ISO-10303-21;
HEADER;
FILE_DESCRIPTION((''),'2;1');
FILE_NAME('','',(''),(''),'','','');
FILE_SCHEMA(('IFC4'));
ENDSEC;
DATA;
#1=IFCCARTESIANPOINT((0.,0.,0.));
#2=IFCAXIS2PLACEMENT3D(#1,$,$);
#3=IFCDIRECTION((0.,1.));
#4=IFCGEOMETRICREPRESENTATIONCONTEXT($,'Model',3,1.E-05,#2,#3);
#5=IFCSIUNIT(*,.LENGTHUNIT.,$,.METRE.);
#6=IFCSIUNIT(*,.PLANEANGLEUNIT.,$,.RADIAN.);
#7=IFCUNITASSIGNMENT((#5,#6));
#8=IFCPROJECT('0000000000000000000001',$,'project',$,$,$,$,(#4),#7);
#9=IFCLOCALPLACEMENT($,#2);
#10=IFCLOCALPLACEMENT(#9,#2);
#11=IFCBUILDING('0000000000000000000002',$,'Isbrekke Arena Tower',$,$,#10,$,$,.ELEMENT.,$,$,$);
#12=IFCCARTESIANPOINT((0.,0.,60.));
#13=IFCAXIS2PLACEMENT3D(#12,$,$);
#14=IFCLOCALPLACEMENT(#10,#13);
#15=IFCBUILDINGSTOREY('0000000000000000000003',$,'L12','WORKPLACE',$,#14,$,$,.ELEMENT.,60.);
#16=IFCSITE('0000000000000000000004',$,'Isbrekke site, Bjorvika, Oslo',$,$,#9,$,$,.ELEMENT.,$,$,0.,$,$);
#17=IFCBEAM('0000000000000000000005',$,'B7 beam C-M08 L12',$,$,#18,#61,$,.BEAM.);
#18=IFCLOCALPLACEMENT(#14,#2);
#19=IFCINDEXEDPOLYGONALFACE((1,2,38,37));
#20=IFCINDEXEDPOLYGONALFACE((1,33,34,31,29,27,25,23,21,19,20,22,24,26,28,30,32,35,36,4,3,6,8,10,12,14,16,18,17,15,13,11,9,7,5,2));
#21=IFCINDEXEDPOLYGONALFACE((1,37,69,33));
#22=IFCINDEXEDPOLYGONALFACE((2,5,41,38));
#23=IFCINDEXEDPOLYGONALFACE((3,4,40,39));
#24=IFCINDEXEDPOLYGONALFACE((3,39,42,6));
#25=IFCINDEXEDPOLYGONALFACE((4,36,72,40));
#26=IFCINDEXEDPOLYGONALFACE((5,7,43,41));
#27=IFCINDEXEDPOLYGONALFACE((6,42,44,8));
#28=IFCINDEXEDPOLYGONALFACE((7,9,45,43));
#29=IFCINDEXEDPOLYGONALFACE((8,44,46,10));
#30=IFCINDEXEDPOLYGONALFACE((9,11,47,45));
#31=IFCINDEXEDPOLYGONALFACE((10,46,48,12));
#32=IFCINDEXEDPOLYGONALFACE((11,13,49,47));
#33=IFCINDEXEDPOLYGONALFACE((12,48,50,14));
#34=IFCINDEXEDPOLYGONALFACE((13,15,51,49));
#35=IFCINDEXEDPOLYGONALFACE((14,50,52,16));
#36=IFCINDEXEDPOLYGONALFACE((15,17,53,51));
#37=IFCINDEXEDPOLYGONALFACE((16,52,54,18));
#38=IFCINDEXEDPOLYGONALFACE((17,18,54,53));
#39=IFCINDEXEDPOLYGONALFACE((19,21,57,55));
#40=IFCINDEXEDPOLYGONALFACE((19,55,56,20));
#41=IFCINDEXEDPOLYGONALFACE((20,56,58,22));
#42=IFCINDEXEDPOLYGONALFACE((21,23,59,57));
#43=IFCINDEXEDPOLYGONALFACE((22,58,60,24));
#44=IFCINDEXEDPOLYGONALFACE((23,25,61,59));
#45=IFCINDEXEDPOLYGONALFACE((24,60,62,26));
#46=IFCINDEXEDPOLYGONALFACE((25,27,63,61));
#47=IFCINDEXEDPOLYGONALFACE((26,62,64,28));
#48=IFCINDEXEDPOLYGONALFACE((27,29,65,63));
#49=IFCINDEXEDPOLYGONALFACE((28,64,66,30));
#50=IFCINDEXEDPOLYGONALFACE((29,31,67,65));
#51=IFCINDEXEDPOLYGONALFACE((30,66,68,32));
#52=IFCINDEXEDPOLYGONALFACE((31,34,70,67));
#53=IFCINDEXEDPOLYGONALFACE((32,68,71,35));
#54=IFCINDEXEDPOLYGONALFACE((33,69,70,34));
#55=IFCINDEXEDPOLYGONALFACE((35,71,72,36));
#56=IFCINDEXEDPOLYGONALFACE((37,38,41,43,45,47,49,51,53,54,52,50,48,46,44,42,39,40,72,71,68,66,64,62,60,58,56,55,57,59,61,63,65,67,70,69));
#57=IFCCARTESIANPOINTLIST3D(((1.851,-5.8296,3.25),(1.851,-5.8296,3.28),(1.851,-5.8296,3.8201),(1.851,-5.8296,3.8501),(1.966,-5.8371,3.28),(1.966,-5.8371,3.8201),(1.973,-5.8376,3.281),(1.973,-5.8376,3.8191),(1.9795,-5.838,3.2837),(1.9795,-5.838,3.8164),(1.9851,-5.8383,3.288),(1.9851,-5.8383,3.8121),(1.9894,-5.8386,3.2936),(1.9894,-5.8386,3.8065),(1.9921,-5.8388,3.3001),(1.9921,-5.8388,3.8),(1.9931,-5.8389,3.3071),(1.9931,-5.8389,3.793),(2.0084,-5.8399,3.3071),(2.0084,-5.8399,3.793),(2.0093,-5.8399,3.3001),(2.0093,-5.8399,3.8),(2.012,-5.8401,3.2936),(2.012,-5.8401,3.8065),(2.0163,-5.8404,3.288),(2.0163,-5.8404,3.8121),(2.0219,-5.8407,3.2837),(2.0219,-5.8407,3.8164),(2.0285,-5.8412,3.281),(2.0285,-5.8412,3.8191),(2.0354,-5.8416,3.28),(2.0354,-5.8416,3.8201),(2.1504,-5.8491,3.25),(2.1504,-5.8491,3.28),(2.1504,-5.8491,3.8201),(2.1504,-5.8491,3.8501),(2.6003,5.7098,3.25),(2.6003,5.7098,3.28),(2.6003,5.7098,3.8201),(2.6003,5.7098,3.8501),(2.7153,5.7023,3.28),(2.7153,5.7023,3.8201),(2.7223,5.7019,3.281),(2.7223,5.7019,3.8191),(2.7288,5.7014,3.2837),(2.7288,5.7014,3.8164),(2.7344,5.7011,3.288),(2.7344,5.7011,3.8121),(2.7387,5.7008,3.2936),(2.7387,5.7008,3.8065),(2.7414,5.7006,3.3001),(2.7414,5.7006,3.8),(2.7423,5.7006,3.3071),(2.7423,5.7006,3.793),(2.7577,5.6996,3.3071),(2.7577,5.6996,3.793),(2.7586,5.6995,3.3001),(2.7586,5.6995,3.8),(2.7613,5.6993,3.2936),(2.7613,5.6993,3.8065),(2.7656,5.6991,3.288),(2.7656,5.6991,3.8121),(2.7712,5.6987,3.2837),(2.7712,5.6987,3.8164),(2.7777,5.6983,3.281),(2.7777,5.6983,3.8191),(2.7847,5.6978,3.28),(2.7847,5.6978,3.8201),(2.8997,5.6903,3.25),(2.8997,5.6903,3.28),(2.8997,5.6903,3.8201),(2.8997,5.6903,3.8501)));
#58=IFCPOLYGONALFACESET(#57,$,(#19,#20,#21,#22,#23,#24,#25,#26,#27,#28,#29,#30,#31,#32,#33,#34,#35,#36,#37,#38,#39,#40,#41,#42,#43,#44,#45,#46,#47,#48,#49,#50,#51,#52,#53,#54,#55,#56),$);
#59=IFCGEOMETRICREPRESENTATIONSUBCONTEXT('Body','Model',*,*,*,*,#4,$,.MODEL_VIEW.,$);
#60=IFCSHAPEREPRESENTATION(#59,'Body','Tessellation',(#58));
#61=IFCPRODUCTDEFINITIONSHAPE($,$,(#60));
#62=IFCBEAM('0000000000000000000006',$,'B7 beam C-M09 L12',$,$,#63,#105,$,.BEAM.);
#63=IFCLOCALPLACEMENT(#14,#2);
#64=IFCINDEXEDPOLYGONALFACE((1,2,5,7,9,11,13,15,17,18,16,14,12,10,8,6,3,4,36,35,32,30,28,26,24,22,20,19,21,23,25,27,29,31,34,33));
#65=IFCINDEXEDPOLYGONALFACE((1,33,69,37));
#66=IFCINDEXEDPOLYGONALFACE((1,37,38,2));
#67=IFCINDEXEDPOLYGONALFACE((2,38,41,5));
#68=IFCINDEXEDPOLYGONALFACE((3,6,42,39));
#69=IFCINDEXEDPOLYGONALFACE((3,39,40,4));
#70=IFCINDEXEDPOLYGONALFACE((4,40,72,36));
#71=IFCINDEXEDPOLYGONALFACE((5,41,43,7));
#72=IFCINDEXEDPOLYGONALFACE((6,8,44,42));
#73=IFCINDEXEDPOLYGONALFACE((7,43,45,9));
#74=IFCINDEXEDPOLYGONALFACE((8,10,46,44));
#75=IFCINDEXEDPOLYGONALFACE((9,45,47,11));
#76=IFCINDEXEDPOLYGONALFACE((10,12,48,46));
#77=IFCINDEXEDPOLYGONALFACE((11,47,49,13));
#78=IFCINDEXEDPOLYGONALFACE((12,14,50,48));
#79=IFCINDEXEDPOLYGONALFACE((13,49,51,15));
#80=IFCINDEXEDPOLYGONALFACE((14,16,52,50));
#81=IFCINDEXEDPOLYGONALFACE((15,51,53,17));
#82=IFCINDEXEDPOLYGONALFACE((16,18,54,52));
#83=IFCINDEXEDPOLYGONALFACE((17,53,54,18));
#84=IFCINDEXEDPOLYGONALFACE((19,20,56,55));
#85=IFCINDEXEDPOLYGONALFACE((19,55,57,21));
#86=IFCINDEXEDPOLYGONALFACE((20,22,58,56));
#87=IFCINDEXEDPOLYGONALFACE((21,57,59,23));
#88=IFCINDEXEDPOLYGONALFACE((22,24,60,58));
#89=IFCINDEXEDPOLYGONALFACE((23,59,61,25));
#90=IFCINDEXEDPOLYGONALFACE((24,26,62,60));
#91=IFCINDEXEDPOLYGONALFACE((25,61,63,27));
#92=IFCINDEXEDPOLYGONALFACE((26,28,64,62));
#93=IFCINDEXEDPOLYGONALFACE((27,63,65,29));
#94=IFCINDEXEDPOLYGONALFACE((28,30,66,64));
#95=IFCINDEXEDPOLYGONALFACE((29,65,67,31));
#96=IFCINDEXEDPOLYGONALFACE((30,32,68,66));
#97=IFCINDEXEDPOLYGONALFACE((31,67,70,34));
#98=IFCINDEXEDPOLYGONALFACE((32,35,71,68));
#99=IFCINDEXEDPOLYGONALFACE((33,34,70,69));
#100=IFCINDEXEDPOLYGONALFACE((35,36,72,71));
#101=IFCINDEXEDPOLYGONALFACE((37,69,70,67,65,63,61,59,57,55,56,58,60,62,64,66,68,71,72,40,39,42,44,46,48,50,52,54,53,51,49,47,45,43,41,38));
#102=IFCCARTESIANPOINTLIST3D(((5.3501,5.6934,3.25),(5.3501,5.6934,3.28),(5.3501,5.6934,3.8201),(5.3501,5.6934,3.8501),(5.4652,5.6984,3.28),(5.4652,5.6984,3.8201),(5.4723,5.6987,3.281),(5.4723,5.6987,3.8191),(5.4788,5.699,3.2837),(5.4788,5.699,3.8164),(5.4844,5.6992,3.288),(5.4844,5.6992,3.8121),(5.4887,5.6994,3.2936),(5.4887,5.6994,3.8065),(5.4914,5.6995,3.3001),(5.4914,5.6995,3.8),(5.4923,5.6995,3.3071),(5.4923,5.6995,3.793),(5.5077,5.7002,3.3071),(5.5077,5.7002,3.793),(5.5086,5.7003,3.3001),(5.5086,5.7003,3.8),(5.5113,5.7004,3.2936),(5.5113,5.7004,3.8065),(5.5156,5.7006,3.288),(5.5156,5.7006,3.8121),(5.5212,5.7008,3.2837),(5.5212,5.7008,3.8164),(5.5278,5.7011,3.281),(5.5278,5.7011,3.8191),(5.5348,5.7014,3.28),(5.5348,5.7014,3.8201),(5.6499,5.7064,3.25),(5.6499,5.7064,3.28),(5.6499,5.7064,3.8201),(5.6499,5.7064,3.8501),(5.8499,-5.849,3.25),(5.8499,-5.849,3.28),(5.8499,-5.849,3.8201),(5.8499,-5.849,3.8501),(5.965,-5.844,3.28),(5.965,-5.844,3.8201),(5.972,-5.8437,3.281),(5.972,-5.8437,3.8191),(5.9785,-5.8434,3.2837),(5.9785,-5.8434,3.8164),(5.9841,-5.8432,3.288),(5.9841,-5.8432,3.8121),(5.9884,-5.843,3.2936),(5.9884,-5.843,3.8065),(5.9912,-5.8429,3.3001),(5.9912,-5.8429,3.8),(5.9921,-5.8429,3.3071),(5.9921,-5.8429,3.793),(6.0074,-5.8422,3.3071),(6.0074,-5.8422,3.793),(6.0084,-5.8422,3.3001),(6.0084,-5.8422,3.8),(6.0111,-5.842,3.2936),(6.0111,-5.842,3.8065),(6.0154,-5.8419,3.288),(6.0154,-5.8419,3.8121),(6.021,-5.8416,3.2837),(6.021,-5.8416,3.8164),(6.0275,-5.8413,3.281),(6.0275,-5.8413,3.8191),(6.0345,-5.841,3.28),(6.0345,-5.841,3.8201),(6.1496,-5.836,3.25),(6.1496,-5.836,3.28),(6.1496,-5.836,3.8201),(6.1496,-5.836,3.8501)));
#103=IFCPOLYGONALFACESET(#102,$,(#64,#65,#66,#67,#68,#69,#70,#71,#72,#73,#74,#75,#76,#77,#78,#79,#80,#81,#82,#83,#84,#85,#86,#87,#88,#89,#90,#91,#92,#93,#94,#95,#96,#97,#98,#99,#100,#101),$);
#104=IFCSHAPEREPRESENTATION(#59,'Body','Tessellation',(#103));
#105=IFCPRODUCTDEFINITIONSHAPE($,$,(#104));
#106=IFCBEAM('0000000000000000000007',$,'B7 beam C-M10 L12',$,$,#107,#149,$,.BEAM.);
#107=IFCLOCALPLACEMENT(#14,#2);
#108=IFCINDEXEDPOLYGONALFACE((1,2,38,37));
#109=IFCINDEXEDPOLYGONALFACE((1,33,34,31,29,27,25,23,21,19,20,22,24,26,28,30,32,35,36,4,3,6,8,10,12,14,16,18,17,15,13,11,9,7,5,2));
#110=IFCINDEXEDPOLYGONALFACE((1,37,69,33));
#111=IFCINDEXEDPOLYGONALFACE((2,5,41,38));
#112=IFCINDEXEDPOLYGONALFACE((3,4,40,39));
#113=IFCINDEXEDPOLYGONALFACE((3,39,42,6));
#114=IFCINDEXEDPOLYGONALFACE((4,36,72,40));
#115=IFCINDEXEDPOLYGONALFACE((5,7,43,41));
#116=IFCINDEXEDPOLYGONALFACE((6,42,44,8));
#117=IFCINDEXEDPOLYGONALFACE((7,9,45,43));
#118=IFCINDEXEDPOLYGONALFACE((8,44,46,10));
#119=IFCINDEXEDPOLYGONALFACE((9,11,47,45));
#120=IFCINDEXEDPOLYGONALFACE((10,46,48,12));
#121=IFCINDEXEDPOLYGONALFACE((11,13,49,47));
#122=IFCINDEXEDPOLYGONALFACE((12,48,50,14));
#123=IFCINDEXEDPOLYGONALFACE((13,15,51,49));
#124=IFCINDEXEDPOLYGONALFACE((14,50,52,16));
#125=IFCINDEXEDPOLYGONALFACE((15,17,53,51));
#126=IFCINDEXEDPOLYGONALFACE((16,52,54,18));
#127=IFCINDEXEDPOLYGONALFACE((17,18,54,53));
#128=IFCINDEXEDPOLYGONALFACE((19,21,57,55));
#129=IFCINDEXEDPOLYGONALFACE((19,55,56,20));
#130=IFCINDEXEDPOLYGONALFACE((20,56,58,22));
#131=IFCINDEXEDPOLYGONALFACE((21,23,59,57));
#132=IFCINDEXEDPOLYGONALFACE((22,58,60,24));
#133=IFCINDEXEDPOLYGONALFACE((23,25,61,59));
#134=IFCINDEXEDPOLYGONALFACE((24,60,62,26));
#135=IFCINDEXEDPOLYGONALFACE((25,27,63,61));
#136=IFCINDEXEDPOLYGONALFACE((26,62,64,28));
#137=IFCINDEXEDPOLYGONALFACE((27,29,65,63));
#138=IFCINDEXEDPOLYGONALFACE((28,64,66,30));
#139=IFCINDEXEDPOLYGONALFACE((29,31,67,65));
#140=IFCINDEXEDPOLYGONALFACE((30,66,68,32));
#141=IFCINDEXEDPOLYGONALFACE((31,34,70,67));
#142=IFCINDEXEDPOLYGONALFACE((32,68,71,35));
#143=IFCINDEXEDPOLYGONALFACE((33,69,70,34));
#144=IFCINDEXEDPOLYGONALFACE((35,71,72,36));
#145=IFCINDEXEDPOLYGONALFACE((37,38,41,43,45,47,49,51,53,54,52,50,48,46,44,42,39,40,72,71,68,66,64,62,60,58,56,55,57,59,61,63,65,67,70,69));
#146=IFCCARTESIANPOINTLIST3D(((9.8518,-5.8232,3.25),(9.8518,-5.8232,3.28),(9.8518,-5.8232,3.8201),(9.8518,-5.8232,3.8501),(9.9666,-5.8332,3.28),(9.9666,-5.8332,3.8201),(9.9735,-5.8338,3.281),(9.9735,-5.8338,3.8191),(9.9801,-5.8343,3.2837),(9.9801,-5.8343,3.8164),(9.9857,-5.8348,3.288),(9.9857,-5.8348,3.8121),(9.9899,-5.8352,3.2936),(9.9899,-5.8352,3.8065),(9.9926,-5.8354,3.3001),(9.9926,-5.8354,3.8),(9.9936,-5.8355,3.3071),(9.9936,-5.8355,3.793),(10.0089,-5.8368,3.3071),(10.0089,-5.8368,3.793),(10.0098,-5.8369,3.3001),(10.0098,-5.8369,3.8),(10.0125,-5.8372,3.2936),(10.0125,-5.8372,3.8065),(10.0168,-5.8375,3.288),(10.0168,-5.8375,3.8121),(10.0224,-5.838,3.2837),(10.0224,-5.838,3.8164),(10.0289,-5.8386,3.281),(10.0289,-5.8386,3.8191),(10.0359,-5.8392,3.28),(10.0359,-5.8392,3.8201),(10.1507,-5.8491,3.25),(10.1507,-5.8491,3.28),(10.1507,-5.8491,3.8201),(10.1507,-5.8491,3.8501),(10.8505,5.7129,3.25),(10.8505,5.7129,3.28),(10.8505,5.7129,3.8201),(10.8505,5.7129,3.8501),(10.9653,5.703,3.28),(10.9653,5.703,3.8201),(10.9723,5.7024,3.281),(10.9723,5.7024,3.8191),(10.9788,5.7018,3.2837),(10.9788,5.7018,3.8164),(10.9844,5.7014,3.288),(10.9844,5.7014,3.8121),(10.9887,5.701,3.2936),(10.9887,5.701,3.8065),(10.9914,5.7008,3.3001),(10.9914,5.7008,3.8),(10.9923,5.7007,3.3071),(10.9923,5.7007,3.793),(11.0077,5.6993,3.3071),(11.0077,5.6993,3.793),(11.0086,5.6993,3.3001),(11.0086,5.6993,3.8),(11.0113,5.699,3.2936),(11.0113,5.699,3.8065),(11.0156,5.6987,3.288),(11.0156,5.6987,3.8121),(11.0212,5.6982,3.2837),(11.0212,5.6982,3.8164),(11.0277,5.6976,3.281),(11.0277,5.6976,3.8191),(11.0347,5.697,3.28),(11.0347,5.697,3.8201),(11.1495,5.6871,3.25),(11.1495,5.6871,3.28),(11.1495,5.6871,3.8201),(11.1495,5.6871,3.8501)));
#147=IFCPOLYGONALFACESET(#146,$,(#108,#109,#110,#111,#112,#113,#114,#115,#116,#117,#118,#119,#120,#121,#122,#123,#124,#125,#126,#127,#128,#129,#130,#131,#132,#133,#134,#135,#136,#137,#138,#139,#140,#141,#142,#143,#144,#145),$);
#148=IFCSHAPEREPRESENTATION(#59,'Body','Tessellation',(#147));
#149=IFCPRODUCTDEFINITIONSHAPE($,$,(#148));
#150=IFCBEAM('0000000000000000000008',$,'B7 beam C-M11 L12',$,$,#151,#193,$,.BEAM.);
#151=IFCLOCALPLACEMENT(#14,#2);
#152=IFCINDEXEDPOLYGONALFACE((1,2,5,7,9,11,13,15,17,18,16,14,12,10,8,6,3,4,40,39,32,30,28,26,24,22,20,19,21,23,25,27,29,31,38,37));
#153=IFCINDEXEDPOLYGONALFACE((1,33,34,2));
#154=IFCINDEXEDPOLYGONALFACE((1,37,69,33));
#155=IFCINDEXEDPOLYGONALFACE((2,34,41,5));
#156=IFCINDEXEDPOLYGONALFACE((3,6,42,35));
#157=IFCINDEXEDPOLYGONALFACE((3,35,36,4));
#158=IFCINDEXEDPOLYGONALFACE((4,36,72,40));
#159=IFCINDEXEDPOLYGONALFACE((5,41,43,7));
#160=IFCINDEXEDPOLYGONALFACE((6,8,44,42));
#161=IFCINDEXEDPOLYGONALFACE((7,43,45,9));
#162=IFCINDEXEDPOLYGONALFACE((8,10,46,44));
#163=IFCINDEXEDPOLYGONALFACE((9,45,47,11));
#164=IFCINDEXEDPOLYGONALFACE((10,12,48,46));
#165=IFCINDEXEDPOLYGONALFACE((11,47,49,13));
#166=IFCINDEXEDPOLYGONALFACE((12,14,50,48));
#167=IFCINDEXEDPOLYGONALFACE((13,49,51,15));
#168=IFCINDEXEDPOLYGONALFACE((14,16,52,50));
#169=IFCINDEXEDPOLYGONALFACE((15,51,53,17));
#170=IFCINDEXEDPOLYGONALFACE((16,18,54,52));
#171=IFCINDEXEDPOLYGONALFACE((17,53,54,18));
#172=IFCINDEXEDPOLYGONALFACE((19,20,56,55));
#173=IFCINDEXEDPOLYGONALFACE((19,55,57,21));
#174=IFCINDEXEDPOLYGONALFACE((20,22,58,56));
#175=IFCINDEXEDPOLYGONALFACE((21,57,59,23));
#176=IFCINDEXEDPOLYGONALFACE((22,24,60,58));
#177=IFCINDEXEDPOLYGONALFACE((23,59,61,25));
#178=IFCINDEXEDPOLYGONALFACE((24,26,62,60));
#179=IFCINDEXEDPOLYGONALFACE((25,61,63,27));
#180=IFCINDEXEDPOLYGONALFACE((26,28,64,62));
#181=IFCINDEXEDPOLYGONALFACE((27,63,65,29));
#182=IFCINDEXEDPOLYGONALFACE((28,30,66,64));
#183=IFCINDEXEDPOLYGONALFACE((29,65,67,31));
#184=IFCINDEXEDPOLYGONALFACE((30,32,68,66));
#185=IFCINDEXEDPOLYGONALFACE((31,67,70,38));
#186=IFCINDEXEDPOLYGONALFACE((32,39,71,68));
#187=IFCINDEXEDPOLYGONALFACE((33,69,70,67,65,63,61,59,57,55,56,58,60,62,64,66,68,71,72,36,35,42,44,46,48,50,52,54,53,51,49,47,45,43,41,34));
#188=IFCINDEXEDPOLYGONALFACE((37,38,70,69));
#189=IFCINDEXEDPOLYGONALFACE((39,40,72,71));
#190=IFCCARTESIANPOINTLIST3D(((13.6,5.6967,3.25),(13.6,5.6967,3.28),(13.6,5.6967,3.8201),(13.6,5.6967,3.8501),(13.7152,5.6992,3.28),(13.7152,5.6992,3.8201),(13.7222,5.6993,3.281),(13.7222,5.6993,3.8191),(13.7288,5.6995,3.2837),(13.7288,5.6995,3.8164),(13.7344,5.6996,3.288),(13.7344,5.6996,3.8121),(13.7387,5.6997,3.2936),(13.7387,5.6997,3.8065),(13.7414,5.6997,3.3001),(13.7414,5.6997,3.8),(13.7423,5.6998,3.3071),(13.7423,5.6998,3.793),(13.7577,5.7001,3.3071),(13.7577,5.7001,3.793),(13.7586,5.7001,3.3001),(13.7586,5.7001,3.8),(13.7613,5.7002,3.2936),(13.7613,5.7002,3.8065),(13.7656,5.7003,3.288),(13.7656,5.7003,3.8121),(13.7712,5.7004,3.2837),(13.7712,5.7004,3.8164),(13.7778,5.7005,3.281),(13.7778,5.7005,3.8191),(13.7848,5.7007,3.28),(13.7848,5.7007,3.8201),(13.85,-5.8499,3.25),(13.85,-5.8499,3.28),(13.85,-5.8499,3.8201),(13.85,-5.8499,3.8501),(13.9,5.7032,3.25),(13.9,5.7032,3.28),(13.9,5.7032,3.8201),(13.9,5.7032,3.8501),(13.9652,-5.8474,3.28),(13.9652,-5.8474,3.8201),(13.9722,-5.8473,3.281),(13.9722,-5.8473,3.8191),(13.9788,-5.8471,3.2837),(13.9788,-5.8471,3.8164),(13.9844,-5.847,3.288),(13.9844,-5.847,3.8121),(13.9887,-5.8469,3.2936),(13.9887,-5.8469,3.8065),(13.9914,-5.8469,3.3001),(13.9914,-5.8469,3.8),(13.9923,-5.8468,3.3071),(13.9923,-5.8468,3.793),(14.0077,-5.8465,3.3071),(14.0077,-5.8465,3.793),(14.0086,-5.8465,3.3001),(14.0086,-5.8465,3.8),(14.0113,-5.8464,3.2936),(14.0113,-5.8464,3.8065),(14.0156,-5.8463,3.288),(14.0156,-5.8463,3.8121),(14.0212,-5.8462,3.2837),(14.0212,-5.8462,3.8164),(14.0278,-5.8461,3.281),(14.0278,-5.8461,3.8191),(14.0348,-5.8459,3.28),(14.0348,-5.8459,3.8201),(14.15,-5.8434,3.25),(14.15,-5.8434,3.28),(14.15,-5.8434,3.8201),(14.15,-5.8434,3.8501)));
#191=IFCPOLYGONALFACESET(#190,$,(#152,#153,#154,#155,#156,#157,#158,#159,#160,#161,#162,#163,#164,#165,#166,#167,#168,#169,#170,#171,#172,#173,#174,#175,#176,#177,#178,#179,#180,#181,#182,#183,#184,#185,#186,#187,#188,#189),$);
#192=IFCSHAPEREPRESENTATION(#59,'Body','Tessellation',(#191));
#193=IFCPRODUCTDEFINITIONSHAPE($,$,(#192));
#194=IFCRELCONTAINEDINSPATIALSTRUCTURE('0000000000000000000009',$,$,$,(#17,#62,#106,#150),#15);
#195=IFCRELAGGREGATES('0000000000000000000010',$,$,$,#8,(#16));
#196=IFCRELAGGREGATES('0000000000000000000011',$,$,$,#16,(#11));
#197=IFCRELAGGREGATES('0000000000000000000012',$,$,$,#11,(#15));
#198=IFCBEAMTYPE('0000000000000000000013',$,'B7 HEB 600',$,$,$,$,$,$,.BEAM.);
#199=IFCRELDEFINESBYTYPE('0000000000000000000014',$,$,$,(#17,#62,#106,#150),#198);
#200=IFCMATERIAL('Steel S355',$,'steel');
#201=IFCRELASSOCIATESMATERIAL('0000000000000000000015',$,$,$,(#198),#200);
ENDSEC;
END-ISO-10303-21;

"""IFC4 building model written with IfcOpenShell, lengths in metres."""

from ifc_helpers import new_model, si_unit, direction, frame, origin, origin_2d, place, context, subcontext, project, spatial, i_section, extrude, material, material_profile, profile_set, type_object, element, save


model = new_model("IFC4")

# Units and contexts
model_context = context("Model", 3, precision=1e-05, world=origin(), true_north=direction((0.0, 1.0)))
body_context = subcontext(model_context, "Body", "Model", "MODEL_VIEW")
ifc_project = project(units=[si_unit("LENGTHUNIT", "METRE"), si_unit("PLANEANGLEUNIT", "RADIAN")], contexts=[model_context])

# Site, building, storey
site_placement = place(None, origin())
site = spatial("IfcSite", under=ifc_project, at=site_placement, Name="Isbrekke site, Bjorvika, Oslo", CompositionType="ELEMENT", RefElevation=0.0)
building_placement = place(site_placement, origin())
building = spatial("IfcBuilding", under=site, at=building_placement, Name="Isbrekke Arena Tower", CompositionType="ELEMENT")
storey_placement = place(building_placement, frame((0.0, 0.0, 60.0)))
storey = spatial("IfcBuildingStorey", under=building, at=storey_placement, Name="L12", Description="WORKPLACE", CompositionType="ELEMENT", Elevation=60.0)

# Beams
ifc_material_1 = material(Name="Steel S355", Category="steel")
ifc_material_profile_1 = material_profile(ifc_material_1, i_section(OverallWidth=0.3, OverallDepth=0.6001, WebThickness=0.0154, FlangeThickness=0.03, FilletRadius=0.0271, at=origin_2d()), Name="HEB 600")
ifc_profile_set_1 = profile_set([ifc_material_profile_1], Name="Steel S355")
beam_type_1 = type_object("IfcBeamType", Name="B7 HEB 600", PredefinedType="BEAM", material=ifc_profile_set_1)
beam_1_placement = place(storey_placement, frame((2.0007, -5.8394, 3.55), z_axis=(0.064795, 0.997899, 0.0), x_axis=(-0.997899, 0.064795, 0.0)))
element("IfcBeam", 1, at=beam_1_placement, inside=storey, type_object=beam_type_1, Name="B7 beam C-M08 L12", PredefinedType="BEAM", context=body_context, shape_type="SweptSolid", body=[
    extrude(i_section(OverallWidth=0.3, OverallDepth=0.6001, WebThickness=0.0154, FlangeThickness=0.03, FilletRadius=0.0271, at=origin_2d()), origin(), (0.0, 0.0, 1.0), 11.5637),
])
beam_2_placement = place(storey_placement, frame((5.9998, -5.8425, 3.55), z_axis=(-0.043257, 0.999064, 0.0), x_axis=(-0.999064, -0.043257, 0.0)))
element("IfcBeam", 2, at=beam_2_placement, inside=storey, type_object=beam_type_1, Name="B7 beam C-M09 L12", PredefinedType="BEAM", context=body_context, shape_type="SweptSolid", body=[
    extrude(i_section(OverallWidth=0.3, OverallDepth=0.6001, WebThickness=0.0154, FlangeThickness=0.03, FilletRadius=0.0271, at=origin_2d()), origin(), (0.0, 0.0, 1.0), 11.5532),
])
beam_3_placement = place(storey_placement, frame((10.0012, -5.8362, 3.55), z_axis=(0.086256, 0.996273, 0.0), x_axis=(-0.996273, 0.086256, 0.0)))
element("IfcBeam", 3, at=beam_3_placement, inside=storey, type_object=beam_type_1, Name="B7 beam C-M10 L12", PredefinedType="BEAM", context=body_context, shape_type="SweptSolid", body=[
    extrude(i_section(OverallWidth=0.3, OverallDepth=0.6001, WebThickness=0.0154, FlangeThickness=0.03, FilletRadius=0.0271, at=origin_2d()), origin(), (0.0, 0.0, 1.0), 11.5793),
])
beam_4_placement = place(storey_placement, frame((14.0, -5.8467, 3.55), z_axis=(-0.021646, 0.999766, 0.0), x_axis=(-0.999766, -0.021646, 0.0)))
element("IfcBeam", 4, at=beam_4_placement, inside=storey, type_object=beam_type_1, Name="B7 beam C-M11 L12", PredefinedType="BEAM", context=body_context, shape_type="SweptSolid", body=[
    extrude(i_section(OverallWidth=0.3, OverallDepth=0.6001, WebThickness=0.0154, FlangeThickness=0.03, FilletRadius=0.0271, at=origin_2d()), origin(), (0.0, 0.0, 1.0), 11.5493),
])

save(model, "model.ifc")
